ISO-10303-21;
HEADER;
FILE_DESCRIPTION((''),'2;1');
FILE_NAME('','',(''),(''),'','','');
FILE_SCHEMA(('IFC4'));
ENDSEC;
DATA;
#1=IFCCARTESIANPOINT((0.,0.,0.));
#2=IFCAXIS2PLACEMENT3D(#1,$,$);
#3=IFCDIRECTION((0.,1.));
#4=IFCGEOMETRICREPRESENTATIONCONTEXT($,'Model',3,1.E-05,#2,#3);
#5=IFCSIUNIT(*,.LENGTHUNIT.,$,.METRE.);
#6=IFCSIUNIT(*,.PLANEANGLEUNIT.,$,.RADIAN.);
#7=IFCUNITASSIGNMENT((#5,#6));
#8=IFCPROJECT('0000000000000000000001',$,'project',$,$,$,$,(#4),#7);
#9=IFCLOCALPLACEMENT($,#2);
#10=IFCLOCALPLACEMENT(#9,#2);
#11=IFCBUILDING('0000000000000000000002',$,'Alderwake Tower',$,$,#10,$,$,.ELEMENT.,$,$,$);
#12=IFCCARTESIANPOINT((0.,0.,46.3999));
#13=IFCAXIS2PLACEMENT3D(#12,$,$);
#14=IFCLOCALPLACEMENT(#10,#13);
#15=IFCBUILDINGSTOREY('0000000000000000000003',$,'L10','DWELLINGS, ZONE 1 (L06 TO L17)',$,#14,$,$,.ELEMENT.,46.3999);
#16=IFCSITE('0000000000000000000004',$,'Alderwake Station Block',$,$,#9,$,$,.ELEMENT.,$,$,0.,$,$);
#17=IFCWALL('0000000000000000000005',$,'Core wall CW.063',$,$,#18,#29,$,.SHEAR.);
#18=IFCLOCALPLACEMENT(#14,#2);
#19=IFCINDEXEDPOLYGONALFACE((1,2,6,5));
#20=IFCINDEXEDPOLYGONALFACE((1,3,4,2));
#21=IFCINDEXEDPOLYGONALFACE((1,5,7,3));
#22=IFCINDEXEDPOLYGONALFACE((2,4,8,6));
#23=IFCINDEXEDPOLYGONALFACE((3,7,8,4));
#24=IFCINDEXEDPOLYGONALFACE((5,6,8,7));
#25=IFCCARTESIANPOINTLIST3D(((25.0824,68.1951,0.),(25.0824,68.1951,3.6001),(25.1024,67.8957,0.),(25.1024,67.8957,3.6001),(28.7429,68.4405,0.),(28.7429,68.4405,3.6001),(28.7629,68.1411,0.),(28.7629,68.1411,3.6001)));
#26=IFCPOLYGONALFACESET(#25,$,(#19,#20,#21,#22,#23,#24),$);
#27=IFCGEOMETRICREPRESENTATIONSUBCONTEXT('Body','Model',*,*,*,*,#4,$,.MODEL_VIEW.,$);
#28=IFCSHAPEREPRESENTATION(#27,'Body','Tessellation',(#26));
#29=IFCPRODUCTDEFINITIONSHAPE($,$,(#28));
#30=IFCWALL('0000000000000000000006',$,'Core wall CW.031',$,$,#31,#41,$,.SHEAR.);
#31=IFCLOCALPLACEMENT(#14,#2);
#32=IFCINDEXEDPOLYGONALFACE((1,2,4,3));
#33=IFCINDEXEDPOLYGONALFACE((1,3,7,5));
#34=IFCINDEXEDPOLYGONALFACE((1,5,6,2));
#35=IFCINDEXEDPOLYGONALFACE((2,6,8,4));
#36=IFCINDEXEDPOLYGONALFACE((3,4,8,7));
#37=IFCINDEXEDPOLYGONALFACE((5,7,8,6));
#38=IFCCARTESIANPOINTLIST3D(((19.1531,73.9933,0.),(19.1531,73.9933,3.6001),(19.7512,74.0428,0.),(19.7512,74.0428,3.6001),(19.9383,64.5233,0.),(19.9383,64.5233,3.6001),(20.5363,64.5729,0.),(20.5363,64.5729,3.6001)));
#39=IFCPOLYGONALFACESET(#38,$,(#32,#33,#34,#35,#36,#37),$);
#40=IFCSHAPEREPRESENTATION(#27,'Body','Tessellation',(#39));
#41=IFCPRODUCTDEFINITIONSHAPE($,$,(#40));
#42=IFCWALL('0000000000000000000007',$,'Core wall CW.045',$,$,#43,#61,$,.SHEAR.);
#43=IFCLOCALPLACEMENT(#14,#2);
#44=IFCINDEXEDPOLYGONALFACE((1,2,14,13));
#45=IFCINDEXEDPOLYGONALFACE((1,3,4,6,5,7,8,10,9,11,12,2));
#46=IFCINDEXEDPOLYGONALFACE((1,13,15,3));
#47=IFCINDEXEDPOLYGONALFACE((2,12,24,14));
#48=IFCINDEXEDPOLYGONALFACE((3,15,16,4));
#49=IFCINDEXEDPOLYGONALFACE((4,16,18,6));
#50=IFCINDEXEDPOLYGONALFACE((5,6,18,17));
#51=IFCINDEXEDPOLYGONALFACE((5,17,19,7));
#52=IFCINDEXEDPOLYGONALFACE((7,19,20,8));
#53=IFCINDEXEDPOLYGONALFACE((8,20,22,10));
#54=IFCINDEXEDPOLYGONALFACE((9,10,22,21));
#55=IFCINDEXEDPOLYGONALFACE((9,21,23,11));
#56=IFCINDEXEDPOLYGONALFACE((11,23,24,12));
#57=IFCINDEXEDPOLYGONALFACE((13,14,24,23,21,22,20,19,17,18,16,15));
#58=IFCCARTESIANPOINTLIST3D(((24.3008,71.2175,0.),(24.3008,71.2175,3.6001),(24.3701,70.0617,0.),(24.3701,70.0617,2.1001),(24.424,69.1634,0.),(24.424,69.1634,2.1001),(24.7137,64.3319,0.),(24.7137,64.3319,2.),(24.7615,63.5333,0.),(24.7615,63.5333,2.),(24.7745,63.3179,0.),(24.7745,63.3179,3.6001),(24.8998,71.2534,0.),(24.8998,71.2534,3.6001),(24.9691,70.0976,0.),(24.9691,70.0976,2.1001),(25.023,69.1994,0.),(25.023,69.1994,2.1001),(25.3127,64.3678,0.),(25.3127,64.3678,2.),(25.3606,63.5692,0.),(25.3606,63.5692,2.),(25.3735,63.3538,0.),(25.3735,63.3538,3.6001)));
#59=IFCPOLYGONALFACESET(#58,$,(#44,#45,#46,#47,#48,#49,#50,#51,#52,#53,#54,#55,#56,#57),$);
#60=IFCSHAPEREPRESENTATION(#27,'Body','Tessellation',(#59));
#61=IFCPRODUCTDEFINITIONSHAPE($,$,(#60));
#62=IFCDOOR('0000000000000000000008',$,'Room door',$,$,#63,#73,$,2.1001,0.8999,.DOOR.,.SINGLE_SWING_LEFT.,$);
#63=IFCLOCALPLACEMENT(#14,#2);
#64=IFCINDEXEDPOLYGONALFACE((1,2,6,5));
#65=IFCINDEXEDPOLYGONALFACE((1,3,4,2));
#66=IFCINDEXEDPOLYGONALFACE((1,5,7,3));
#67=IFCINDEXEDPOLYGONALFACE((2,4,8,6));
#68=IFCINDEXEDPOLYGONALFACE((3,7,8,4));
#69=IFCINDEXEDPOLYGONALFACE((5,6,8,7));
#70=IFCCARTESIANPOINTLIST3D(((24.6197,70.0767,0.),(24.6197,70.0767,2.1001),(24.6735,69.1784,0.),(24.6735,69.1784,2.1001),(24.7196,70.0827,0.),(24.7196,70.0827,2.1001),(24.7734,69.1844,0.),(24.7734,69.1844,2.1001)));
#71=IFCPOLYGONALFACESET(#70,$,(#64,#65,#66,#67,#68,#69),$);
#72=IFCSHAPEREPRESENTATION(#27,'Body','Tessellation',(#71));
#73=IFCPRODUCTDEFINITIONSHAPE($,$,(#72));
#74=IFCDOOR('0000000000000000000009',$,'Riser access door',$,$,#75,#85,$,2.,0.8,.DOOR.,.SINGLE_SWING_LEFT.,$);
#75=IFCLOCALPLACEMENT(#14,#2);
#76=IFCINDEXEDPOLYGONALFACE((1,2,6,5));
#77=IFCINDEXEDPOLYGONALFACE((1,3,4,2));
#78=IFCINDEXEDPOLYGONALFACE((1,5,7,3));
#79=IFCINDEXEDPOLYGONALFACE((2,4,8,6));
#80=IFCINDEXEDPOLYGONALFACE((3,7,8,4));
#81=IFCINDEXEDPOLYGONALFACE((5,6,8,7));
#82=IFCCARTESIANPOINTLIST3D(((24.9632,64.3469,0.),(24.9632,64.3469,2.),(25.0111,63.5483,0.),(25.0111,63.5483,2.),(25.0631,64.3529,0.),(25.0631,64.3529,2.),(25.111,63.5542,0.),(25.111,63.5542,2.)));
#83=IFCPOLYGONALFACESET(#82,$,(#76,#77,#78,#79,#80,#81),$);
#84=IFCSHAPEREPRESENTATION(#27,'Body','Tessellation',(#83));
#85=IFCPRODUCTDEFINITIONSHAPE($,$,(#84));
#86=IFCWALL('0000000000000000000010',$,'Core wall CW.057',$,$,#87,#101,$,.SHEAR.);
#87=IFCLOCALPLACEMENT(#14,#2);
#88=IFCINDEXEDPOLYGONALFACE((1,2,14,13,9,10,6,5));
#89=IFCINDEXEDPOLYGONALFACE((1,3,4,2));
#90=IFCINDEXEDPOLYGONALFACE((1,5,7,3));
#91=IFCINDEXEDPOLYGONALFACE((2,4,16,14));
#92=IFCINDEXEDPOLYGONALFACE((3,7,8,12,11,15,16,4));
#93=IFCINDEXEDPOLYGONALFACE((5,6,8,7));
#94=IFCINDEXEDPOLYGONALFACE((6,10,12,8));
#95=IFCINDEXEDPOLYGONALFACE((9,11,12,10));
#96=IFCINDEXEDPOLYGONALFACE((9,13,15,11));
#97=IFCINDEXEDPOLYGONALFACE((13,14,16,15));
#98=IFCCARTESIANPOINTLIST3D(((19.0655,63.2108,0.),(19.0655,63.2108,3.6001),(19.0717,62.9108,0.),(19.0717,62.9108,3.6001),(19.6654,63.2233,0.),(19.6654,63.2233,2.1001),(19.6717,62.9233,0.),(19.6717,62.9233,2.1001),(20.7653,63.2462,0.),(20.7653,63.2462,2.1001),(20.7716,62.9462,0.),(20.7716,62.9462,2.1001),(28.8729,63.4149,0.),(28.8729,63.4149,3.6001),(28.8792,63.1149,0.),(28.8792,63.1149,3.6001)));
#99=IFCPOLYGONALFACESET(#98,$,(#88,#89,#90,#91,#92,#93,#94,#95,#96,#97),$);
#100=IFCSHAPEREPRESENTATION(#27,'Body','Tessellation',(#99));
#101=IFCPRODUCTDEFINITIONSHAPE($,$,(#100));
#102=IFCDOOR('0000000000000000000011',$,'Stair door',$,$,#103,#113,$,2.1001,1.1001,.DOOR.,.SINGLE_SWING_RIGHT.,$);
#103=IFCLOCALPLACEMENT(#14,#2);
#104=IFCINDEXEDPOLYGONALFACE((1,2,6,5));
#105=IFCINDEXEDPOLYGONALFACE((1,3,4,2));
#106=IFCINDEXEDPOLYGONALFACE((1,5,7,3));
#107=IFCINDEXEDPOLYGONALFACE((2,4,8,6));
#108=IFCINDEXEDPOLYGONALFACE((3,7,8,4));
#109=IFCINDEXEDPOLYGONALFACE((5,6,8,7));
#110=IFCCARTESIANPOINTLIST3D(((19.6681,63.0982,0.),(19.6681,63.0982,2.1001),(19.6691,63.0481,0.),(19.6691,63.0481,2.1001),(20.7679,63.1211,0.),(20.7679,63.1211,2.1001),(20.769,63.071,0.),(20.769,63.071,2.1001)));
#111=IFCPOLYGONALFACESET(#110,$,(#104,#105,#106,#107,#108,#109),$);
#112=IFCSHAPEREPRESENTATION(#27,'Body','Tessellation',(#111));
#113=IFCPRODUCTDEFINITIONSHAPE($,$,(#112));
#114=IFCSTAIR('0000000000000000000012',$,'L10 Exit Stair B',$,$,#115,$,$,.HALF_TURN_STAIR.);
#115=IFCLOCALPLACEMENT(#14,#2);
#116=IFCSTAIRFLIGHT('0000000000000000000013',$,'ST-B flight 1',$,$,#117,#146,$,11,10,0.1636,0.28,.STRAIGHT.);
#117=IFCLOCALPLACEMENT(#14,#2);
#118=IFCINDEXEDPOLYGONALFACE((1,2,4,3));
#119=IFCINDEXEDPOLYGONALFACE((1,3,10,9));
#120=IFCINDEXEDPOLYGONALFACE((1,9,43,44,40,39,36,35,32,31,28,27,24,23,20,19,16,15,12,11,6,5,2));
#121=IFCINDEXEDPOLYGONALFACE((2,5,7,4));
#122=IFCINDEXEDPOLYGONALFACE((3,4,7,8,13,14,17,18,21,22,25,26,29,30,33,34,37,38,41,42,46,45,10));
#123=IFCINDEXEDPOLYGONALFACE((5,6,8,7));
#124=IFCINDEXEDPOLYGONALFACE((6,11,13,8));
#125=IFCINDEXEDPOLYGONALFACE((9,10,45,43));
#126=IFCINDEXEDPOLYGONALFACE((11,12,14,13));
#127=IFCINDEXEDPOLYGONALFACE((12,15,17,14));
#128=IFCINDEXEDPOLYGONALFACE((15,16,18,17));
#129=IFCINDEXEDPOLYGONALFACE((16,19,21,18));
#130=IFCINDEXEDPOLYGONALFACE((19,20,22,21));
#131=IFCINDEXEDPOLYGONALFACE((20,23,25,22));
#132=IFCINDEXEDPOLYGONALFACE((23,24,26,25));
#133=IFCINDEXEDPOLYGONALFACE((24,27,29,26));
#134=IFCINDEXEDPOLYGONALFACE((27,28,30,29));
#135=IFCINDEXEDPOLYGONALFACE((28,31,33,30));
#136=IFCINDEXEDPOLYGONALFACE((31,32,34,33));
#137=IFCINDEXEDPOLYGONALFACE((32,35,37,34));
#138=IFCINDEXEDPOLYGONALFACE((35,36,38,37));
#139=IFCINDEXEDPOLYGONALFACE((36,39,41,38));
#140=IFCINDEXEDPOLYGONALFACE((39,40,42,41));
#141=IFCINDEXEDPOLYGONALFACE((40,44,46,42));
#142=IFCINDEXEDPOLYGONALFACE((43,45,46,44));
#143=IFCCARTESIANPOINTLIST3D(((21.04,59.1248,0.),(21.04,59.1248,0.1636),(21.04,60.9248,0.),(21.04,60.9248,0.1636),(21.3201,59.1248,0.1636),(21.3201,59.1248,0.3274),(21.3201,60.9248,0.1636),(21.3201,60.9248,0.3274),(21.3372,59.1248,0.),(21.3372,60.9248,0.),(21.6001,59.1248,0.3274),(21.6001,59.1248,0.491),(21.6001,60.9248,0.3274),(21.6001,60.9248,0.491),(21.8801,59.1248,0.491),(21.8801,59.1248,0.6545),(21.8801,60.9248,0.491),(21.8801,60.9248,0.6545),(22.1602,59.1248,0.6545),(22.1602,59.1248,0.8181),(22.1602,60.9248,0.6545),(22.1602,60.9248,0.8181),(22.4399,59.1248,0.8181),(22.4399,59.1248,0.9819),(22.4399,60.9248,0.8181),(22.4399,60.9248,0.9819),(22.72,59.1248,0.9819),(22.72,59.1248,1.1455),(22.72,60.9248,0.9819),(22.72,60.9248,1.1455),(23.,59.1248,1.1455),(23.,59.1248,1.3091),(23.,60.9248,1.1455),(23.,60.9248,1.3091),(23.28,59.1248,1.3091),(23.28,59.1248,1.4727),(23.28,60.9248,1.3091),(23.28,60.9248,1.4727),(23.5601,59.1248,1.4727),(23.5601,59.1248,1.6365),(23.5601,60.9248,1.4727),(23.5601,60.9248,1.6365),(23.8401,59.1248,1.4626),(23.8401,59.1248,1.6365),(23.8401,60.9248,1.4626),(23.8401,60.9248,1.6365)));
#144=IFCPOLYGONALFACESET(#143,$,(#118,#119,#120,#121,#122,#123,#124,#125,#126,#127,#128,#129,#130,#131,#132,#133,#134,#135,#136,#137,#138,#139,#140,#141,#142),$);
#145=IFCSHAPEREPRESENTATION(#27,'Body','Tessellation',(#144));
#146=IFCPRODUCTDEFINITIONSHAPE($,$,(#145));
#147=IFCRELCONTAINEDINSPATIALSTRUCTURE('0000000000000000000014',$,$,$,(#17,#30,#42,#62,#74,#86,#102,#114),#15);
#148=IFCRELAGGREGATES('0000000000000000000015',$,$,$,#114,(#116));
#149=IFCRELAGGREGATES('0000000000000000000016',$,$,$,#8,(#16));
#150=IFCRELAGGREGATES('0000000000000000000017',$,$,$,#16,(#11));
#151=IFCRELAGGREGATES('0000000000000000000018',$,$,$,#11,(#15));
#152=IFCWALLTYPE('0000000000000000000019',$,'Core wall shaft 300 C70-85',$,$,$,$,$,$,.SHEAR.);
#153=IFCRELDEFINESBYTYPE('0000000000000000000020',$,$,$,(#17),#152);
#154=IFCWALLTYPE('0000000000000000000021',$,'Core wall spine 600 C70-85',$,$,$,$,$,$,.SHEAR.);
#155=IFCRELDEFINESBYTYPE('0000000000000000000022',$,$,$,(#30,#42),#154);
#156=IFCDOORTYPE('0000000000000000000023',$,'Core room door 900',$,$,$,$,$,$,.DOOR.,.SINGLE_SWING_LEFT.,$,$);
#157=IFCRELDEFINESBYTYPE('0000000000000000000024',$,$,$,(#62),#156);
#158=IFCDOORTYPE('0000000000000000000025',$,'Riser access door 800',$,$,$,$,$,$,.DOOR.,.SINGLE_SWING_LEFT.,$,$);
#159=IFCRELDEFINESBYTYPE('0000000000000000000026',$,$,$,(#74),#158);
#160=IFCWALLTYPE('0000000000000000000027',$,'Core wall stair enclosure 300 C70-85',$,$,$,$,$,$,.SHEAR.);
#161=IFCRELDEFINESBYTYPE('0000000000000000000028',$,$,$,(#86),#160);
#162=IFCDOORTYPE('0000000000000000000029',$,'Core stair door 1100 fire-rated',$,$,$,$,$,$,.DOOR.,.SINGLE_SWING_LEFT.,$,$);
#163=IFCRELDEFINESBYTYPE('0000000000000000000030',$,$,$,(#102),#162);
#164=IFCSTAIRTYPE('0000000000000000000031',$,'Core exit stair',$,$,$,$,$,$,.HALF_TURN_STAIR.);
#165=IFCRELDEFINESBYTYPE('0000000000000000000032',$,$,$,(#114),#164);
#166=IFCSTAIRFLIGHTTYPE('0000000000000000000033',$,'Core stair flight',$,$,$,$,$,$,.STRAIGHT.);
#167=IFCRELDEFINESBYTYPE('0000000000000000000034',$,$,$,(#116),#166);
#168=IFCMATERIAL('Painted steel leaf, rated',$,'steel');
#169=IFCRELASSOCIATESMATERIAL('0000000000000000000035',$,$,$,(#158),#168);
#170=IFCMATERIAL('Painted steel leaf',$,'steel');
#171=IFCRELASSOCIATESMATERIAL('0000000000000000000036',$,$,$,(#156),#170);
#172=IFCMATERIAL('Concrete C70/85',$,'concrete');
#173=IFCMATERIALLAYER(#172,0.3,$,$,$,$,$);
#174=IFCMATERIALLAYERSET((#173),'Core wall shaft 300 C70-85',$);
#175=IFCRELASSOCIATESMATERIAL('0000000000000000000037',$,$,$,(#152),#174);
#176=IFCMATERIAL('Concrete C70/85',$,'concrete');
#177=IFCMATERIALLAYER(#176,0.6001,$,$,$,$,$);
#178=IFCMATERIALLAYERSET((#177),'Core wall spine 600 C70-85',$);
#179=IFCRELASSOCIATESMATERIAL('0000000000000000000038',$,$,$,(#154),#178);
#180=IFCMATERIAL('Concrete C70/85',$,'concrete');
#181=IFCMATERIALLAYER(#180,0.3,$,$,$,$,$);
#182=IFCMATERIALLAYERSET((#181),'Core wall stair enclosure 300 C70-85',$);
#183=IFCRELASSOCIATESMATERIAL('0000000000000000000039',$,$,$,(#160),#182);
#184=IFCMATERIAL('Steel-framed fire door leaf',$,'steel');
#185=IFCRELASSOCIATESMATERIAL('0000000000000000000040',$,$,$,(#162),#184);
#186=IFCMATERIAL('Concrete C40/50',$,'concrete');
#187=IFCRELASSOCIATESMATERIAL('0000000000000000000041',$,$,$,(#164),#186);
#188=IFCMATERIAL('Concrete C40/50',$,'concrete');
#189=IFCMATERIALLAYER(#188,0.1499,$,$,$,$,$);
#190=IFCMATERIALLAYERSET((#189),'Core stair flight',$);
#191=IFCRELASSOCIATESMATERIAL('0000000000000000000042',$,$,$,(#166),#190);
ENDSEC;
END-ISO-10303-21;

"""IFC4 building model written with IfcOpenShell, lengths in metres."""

from ifc_helpers import new_model, si_unit, direction, frame, frame_2d, origin, place, context, subcontext, project, spatial, polyline, rectangle, outline, extrude, material, layer, layer_set, type_object, element, fill, aggregate, save


model = new_model("IFC4")

# Units and contexts
model_context = context("Model", 3, precision=1e-05, world=origin(), true_north=direction((0.0, 1.0)))
body_context = subcontext(model_context, "Body", "Model", "MODEL_VIEW")
ifc_project = project(units=[si_unit("LENGTHUNIT", "METRE"), si_unit("PLANEANGLEUNIT", "RADIAN")], contexts=[model_context])

# Site, building, storey
site_placement = place(None, origin())
site = spatial("IfcSite", under=ifc_project, at=site_placement, Name="Alderwake Station Block", CompositionType="ELEMENT", RefElevation=0.0)
building_placement = place(site_placement, origin())
building = spatial("IfcBuilding", under=site, at=building_placement, Name="Alderwake Tower", CompositionType="ELEMENT")
storey_placement = place(building_placement, frame((0.0, 0.0, 46.3999)))
storey = spatial("IfcBuildingStorey", under=building, at=storey_placement, Name="L10", Description="DWELLINGS, ZONE 1 (L06 TO L17)", CompositionType="ELEMENT", Elevation=46.3999)

# Shared definitions
ifc_material_1 = material(Name="Painted steel leaf, rated", Category="steel")
door_type_1 = type_object("IfcDoorType", Name="Riser access door 800", OperationType="SINGLE_SWING_LEFT", PredefinedType="DOOR", material=ifc_material_1)

# Shared definitions
ifc_material_2 = material(Name="Painted steel leaf", Category="steel")
door_type_2 = type_object("IfcDoorType", Name="Core room door 900", OperationType="SINGLE_SWING_LEFT", PredefinedType="DOOR", material=ifc_material_2)

# Walls
ifc_material_3 = material(Name="Concrete C70/85", Category="concrete")
ifc_layer_1 = layer(ifc_material_3, 0.3)
ifc_layer_set_1 = layer_set([ifc_layer_1], Name="Core wall shaft 300 C70-85")
wall_type_1 = type_object("IfcWallType", Name="Core wall shaft 300 C70-85", PredefinedType="SHEAR", material=ifc_layer_set_1)
wall_1_placement = place(storey_placement, frame((25.0923, 68.0454, 0.0), z_axis=(0.0, 0.0, 1.0), x_axis=(0.997761, 0.066881, 0.0)))
element("IfcWall", 1, at=wall_1_placement, inside=storey, type_object=wall_type_1, Name="Core wall CW.063", PredefinedType="SHEAR", context=body_context, shape_type="SweptSolid", body=[
    extrude(rectangle(XDim=3.6687, YDim=0.3, at=frame_2d((1.8345, 0.0))), origin(), (0.0, 0.0, 1.0), 3.6001),
])
ifc_material_4 = material(Name="Concrete C70/85", Category="concrete")
ifc_layer_2 = layer(ifc_material_4, 0.6001)
ifc_layer_set_2 = layer_set([ifc_layer_2], Name="Core wall spine 600 C70-85")
wall_type_2 = type_object("IfcWallType", Name="Core wall spine 600 C70-85", PredefinedType="SHEAR", material=ifc_layer_set_2)
wall_2_placement = place(storey_placement, frame((20.2373, 64.5481, 0.0), z_axis=(0.0, 0.0, 1.0), x_axis=(-0.082627, 0.996581, 0.0)))
element("IfcWall", 2, at=wall_2_placement, inside=storey, type_object=wall_type_2, Name="Core wall CW.031", PredefinedType="SHEAR", context=body_context, shape_type="SweptSolid", body=[
    extrude(rectangle(XDim=9.5024, YDim=0.6001, at=frame_2d((4.7512, 0.0))), origin(), (0.0, 0.0, 1.0), 3.6001),
])

# Wall, openings, doors
wall_3_placement = place(storey_placement, frame((25.074, 63.3357, 0.0), z_axis=(0.0, 0.0, 1.0), x_axis=(-0.059849, 0.998207, 0.0)))
wall_3 = element("IfcWall", 3, at=wall_3_placement, inside=storey, type_object=wall_type_2, Name="Core wall CW.045", PredefinedType="SHEAR", context=body_context, shape_type="SweptSolid", body=[
    extrude(rectangle(XDim=7.9138, YDim=0.6001, at=frame_2d((3.957, 0.0))), origin(), (0.0, 0.0, 1.0), 3.6001),
])
opening_1_placement = place(wall_3_placement, frame((0.2161, 0.0, 0.0)))
opening_1 = element("IfcOpeningElement", 4, at=opening_1_placement, cuts=wall_3, PredefinedType="OPENING", context=body_context, shape_type="SweptSolid", body=[
    extrude(rectangle(XDim=0.8, YDim=2.0, at=frame_2d((0.3999, 1.0))), frame((0.0, 0.3101, 0.0), z_axis=(0.0, -1.0, 0.0), x_axis=(1.0, 0.0, 0.0)), (0.0, 0.0, 1.0), 0.6201),
])
opening_2_placement = place(wall_3_placement, frame((5.8562, 0.0, 0.0)))
opening_2 = element("IfcOpeningElement", 5, at=opening_2_placement, cuts=wall_3, PredefinedType="OPENING", context=body_context, shape_type="SweptSolid", body=[
    extrude(rectangle(XDim=0.8999, YDim=2.1001, at=frame_2d((0.45, 1.05))), frame((0.0, 0.3101, 0.0), z_axis=(0.0, -1.0, 0.0), x_axis=(1.0, 0.0, 0.0)), (0.0, 0.0, 1.0), 0.6201),
])
door_1_placement = place(opening_2_placement, origin())
door_1 = element("IfcDoor", 6, at=door_1_placement, inside=storey, type_object=door_type_2, Name="Room door", OperationType="SINGLE_SWING_LEFT", OverallHeight=2.1001, OverallWidth=0.8999, PredefinedType="DOOR", context=body_context, shape_type="SweptSolid", body=[
    extrude(rectangle(XDim=0.8999, YDim=2.1001, at=frame_2d((0.45, 1.05))), frame((0.0, 0.05, 0.0), z_axis=(0.0, -1.0, 0.0), x_axis=(1.0, 0.0, 0.0)), (0.0, 0.0, 1.0), 0.1001),
])
fill(opening_2, door_1)
door_2_placement = place(opening_1_placement, origin())
door_2 = element("IfcDoor", 7, at=door_2_placement, inside=storey, type_object=door_type_1, Name="Riser access door", OperationType="SINGLE_SWING_LEFT", OverallHeight=2.0, OverallWidth=0.8, PredefinedType="DOOR", context=body_context, shape_type="SweptSolid", body=[
    extrude(rectangle(XDim=0.8, YDim=2.0, at=frame_2d((0.3999, 1.0))), frame((0.0, 0.05, 0.0), z_axis=(0.0, -1.0, 0.0), x_axis=(1.0, 0.0, 0.0)), (0.0, 0.0, 1.0), 0.1001),
])
fill(opening_1, door_2)

# Wall, opening, door
ifc_material_5 = material(Name="Concrete C70/85", Category="concrete")
ifc_layer_3 = layer(ifc_material_5, 0.3)
ifc_layer_set_3 = layer_set([ifc_layer_3], Name="Core wall stair enclosure 300 C70-85")
wall_type_3 = type_object("IfcWallType", Name="Core wall stair enclosure 300 C70-85", PredefinedType="SHEAR", material=ifc_layer_set_3)
wall_4_placement = place(storey_placement, frame((19.0686, 63.0608, 0.0), z_axis=(0.0, 0.0, 1.0), x_axis=(0.999784, 0.020807, 0.0)))
wall_4 = element("IfcWall", 8, at=wall_4_placement, inside=storey, type_object=wall_type_3, Name="Core wall CW.057", PredefinedType="SHEAR", context=body_context, shape_type="SweptSolid", body=[
    extrude(rectangle(XDim=9.8096, YDim=0.3, at=frame_2d((4.9048, 0.0))), origin(), (0.0, 0.0, 1.0), 3.6001),
])
opening_3_placement = place(wall_4_placement, frame((0.6001, 0.0, 0.0)))
opening_3 = element("IfcOpeningElement", 9, at=opening_3_placement, cuts=wall_4, PredefinedType="OPENING", context=body_context, shape_type="SweptSolid", body=[
    extrude(rectangle(XDim=1.1001, YDim=2.1001, at=frame_2d((0.55, 1.05))), frame((0.0, 0.1599, 0.0), z_axis=(0.0, -1.0, 0.0), x_axis=(1.0, 0.0, 0.0)), (0.0, 0.0, 1.0), 0.3201),
])
ifc_material_6 = material(Name="Steel-framed fire door leaf", Category="steel")
door_type_3 = type_object("IfcDoorType", Name="Core stair door 1100 fire-rated", OperationType="SINGLE_SWING_LEFT", PredefinedType="DOOR", material=ifc_material_6)
door_3_placement = place(opening_3_placement, origin())
door_3 = element("IfcDoor", 10, at=door_3_placement, inside=storey, type_object=door_type_3, Name="Stair door", OperationType="SINGLE_SWING_RIGHT", OverallHeight=2.1001, OverallWidth=1.1001, PredefinedType="DOOR", context=body_context, shape_type="SweptSolid", body=[
    extrude(rectangle(XDim=1.1001, YDim=2.1001, at=frame_2d((0.55, 1.05))), frame((0.0, 0.0249, 0.0), z_axis=(0.0, -1.0, 0.0), x_axis=(1.0, 0.0, 0.0)), (0.0, 0.0, 1.0), 0.05),
])
fill(opening_3, door_3)

# Stair, stair flight
ifc_material_7 = material(Name="Concrete C40/50", Category="concrete")
stair_type = type_object("IfcStairType", Name="Core exit stair", PredefinedType="HALF_TURN_STAIR", material=ifc_material_7)
stair_placement = place(storey_placement, origin())
stair = element("IfcStair", 11, at=stair_placement, inside=storey, type_object=stair_type, Name="L10 Exit Stair B", PredefinedType="HALF_TURN_STAIR")
ifc_material_8 = material(Name="Concrete C40/50", Category="concrete")
ifc_layer_4 = layer(ifc_material_8, 0.1499)
ifc_layer_set_4 = layer_set([ifc_layer_4], Name="Core stair flight")
stair_flight_type = type_object("IfcStairFlightType", Name="Core stair flight", PredefinedType="STRAIGHT", material=ifc_layer_set_4)
stair_flight_1_placement = place(storey_placement, frame((21.04, 60.0249, 0.0), z_axis=(0.0, 0.0, 1.0), x_axis=(1.0, 0.0, 0.0)))
stair_flight_1 = element("IfcStairFlight", 12, at=stair_flight_1_placement, type_object=stair_flight_type, Name="ST-B flight 1", NumberOfRisers=11, NumberOfTreads=10, PredefinedType="STRAIGHT", RiserHeight=0.1636, TreadLength=0.28, context=body_context, shape_type="SweptSolid", body=[
    extrude(outline(polyline([(0.0, 0.0), (0.0, 0.1636), (0.28, 0.1636), (0.28, 0.3274), (0.5601, 0.3274), (0.5601, 0.491), (0.8401, 0.491), (0.8401, 0.6545), (1.1201, 0.6545), (1.1201, 0.8181), (1.3999, 0.8181), (1.3999, 0.9819), (1.6799, 0.9819), (1.6799, 1.1455), (1.96, 1.1455), (1.96, 1.3091), (2.24, 1.3091), (2.24, 1.4727), (2.52, 1.4727), (2.52, 1.6365), (2.8, 1.6365), (2.8, 1.8), (2.8, 1.4626), (0.2971, 0.0), (0.0, 0.0)])), frame((0.0, 0.8999, 0.0), z_axis=(0.0, -1.0, 0.0), x_axis=(1.0, 0.0, 0.0)), (0.0, 0.0, 1.0), 1.8),
])
aggregate(stair, [stair_flight_1])

save(model, "model.ifc")
